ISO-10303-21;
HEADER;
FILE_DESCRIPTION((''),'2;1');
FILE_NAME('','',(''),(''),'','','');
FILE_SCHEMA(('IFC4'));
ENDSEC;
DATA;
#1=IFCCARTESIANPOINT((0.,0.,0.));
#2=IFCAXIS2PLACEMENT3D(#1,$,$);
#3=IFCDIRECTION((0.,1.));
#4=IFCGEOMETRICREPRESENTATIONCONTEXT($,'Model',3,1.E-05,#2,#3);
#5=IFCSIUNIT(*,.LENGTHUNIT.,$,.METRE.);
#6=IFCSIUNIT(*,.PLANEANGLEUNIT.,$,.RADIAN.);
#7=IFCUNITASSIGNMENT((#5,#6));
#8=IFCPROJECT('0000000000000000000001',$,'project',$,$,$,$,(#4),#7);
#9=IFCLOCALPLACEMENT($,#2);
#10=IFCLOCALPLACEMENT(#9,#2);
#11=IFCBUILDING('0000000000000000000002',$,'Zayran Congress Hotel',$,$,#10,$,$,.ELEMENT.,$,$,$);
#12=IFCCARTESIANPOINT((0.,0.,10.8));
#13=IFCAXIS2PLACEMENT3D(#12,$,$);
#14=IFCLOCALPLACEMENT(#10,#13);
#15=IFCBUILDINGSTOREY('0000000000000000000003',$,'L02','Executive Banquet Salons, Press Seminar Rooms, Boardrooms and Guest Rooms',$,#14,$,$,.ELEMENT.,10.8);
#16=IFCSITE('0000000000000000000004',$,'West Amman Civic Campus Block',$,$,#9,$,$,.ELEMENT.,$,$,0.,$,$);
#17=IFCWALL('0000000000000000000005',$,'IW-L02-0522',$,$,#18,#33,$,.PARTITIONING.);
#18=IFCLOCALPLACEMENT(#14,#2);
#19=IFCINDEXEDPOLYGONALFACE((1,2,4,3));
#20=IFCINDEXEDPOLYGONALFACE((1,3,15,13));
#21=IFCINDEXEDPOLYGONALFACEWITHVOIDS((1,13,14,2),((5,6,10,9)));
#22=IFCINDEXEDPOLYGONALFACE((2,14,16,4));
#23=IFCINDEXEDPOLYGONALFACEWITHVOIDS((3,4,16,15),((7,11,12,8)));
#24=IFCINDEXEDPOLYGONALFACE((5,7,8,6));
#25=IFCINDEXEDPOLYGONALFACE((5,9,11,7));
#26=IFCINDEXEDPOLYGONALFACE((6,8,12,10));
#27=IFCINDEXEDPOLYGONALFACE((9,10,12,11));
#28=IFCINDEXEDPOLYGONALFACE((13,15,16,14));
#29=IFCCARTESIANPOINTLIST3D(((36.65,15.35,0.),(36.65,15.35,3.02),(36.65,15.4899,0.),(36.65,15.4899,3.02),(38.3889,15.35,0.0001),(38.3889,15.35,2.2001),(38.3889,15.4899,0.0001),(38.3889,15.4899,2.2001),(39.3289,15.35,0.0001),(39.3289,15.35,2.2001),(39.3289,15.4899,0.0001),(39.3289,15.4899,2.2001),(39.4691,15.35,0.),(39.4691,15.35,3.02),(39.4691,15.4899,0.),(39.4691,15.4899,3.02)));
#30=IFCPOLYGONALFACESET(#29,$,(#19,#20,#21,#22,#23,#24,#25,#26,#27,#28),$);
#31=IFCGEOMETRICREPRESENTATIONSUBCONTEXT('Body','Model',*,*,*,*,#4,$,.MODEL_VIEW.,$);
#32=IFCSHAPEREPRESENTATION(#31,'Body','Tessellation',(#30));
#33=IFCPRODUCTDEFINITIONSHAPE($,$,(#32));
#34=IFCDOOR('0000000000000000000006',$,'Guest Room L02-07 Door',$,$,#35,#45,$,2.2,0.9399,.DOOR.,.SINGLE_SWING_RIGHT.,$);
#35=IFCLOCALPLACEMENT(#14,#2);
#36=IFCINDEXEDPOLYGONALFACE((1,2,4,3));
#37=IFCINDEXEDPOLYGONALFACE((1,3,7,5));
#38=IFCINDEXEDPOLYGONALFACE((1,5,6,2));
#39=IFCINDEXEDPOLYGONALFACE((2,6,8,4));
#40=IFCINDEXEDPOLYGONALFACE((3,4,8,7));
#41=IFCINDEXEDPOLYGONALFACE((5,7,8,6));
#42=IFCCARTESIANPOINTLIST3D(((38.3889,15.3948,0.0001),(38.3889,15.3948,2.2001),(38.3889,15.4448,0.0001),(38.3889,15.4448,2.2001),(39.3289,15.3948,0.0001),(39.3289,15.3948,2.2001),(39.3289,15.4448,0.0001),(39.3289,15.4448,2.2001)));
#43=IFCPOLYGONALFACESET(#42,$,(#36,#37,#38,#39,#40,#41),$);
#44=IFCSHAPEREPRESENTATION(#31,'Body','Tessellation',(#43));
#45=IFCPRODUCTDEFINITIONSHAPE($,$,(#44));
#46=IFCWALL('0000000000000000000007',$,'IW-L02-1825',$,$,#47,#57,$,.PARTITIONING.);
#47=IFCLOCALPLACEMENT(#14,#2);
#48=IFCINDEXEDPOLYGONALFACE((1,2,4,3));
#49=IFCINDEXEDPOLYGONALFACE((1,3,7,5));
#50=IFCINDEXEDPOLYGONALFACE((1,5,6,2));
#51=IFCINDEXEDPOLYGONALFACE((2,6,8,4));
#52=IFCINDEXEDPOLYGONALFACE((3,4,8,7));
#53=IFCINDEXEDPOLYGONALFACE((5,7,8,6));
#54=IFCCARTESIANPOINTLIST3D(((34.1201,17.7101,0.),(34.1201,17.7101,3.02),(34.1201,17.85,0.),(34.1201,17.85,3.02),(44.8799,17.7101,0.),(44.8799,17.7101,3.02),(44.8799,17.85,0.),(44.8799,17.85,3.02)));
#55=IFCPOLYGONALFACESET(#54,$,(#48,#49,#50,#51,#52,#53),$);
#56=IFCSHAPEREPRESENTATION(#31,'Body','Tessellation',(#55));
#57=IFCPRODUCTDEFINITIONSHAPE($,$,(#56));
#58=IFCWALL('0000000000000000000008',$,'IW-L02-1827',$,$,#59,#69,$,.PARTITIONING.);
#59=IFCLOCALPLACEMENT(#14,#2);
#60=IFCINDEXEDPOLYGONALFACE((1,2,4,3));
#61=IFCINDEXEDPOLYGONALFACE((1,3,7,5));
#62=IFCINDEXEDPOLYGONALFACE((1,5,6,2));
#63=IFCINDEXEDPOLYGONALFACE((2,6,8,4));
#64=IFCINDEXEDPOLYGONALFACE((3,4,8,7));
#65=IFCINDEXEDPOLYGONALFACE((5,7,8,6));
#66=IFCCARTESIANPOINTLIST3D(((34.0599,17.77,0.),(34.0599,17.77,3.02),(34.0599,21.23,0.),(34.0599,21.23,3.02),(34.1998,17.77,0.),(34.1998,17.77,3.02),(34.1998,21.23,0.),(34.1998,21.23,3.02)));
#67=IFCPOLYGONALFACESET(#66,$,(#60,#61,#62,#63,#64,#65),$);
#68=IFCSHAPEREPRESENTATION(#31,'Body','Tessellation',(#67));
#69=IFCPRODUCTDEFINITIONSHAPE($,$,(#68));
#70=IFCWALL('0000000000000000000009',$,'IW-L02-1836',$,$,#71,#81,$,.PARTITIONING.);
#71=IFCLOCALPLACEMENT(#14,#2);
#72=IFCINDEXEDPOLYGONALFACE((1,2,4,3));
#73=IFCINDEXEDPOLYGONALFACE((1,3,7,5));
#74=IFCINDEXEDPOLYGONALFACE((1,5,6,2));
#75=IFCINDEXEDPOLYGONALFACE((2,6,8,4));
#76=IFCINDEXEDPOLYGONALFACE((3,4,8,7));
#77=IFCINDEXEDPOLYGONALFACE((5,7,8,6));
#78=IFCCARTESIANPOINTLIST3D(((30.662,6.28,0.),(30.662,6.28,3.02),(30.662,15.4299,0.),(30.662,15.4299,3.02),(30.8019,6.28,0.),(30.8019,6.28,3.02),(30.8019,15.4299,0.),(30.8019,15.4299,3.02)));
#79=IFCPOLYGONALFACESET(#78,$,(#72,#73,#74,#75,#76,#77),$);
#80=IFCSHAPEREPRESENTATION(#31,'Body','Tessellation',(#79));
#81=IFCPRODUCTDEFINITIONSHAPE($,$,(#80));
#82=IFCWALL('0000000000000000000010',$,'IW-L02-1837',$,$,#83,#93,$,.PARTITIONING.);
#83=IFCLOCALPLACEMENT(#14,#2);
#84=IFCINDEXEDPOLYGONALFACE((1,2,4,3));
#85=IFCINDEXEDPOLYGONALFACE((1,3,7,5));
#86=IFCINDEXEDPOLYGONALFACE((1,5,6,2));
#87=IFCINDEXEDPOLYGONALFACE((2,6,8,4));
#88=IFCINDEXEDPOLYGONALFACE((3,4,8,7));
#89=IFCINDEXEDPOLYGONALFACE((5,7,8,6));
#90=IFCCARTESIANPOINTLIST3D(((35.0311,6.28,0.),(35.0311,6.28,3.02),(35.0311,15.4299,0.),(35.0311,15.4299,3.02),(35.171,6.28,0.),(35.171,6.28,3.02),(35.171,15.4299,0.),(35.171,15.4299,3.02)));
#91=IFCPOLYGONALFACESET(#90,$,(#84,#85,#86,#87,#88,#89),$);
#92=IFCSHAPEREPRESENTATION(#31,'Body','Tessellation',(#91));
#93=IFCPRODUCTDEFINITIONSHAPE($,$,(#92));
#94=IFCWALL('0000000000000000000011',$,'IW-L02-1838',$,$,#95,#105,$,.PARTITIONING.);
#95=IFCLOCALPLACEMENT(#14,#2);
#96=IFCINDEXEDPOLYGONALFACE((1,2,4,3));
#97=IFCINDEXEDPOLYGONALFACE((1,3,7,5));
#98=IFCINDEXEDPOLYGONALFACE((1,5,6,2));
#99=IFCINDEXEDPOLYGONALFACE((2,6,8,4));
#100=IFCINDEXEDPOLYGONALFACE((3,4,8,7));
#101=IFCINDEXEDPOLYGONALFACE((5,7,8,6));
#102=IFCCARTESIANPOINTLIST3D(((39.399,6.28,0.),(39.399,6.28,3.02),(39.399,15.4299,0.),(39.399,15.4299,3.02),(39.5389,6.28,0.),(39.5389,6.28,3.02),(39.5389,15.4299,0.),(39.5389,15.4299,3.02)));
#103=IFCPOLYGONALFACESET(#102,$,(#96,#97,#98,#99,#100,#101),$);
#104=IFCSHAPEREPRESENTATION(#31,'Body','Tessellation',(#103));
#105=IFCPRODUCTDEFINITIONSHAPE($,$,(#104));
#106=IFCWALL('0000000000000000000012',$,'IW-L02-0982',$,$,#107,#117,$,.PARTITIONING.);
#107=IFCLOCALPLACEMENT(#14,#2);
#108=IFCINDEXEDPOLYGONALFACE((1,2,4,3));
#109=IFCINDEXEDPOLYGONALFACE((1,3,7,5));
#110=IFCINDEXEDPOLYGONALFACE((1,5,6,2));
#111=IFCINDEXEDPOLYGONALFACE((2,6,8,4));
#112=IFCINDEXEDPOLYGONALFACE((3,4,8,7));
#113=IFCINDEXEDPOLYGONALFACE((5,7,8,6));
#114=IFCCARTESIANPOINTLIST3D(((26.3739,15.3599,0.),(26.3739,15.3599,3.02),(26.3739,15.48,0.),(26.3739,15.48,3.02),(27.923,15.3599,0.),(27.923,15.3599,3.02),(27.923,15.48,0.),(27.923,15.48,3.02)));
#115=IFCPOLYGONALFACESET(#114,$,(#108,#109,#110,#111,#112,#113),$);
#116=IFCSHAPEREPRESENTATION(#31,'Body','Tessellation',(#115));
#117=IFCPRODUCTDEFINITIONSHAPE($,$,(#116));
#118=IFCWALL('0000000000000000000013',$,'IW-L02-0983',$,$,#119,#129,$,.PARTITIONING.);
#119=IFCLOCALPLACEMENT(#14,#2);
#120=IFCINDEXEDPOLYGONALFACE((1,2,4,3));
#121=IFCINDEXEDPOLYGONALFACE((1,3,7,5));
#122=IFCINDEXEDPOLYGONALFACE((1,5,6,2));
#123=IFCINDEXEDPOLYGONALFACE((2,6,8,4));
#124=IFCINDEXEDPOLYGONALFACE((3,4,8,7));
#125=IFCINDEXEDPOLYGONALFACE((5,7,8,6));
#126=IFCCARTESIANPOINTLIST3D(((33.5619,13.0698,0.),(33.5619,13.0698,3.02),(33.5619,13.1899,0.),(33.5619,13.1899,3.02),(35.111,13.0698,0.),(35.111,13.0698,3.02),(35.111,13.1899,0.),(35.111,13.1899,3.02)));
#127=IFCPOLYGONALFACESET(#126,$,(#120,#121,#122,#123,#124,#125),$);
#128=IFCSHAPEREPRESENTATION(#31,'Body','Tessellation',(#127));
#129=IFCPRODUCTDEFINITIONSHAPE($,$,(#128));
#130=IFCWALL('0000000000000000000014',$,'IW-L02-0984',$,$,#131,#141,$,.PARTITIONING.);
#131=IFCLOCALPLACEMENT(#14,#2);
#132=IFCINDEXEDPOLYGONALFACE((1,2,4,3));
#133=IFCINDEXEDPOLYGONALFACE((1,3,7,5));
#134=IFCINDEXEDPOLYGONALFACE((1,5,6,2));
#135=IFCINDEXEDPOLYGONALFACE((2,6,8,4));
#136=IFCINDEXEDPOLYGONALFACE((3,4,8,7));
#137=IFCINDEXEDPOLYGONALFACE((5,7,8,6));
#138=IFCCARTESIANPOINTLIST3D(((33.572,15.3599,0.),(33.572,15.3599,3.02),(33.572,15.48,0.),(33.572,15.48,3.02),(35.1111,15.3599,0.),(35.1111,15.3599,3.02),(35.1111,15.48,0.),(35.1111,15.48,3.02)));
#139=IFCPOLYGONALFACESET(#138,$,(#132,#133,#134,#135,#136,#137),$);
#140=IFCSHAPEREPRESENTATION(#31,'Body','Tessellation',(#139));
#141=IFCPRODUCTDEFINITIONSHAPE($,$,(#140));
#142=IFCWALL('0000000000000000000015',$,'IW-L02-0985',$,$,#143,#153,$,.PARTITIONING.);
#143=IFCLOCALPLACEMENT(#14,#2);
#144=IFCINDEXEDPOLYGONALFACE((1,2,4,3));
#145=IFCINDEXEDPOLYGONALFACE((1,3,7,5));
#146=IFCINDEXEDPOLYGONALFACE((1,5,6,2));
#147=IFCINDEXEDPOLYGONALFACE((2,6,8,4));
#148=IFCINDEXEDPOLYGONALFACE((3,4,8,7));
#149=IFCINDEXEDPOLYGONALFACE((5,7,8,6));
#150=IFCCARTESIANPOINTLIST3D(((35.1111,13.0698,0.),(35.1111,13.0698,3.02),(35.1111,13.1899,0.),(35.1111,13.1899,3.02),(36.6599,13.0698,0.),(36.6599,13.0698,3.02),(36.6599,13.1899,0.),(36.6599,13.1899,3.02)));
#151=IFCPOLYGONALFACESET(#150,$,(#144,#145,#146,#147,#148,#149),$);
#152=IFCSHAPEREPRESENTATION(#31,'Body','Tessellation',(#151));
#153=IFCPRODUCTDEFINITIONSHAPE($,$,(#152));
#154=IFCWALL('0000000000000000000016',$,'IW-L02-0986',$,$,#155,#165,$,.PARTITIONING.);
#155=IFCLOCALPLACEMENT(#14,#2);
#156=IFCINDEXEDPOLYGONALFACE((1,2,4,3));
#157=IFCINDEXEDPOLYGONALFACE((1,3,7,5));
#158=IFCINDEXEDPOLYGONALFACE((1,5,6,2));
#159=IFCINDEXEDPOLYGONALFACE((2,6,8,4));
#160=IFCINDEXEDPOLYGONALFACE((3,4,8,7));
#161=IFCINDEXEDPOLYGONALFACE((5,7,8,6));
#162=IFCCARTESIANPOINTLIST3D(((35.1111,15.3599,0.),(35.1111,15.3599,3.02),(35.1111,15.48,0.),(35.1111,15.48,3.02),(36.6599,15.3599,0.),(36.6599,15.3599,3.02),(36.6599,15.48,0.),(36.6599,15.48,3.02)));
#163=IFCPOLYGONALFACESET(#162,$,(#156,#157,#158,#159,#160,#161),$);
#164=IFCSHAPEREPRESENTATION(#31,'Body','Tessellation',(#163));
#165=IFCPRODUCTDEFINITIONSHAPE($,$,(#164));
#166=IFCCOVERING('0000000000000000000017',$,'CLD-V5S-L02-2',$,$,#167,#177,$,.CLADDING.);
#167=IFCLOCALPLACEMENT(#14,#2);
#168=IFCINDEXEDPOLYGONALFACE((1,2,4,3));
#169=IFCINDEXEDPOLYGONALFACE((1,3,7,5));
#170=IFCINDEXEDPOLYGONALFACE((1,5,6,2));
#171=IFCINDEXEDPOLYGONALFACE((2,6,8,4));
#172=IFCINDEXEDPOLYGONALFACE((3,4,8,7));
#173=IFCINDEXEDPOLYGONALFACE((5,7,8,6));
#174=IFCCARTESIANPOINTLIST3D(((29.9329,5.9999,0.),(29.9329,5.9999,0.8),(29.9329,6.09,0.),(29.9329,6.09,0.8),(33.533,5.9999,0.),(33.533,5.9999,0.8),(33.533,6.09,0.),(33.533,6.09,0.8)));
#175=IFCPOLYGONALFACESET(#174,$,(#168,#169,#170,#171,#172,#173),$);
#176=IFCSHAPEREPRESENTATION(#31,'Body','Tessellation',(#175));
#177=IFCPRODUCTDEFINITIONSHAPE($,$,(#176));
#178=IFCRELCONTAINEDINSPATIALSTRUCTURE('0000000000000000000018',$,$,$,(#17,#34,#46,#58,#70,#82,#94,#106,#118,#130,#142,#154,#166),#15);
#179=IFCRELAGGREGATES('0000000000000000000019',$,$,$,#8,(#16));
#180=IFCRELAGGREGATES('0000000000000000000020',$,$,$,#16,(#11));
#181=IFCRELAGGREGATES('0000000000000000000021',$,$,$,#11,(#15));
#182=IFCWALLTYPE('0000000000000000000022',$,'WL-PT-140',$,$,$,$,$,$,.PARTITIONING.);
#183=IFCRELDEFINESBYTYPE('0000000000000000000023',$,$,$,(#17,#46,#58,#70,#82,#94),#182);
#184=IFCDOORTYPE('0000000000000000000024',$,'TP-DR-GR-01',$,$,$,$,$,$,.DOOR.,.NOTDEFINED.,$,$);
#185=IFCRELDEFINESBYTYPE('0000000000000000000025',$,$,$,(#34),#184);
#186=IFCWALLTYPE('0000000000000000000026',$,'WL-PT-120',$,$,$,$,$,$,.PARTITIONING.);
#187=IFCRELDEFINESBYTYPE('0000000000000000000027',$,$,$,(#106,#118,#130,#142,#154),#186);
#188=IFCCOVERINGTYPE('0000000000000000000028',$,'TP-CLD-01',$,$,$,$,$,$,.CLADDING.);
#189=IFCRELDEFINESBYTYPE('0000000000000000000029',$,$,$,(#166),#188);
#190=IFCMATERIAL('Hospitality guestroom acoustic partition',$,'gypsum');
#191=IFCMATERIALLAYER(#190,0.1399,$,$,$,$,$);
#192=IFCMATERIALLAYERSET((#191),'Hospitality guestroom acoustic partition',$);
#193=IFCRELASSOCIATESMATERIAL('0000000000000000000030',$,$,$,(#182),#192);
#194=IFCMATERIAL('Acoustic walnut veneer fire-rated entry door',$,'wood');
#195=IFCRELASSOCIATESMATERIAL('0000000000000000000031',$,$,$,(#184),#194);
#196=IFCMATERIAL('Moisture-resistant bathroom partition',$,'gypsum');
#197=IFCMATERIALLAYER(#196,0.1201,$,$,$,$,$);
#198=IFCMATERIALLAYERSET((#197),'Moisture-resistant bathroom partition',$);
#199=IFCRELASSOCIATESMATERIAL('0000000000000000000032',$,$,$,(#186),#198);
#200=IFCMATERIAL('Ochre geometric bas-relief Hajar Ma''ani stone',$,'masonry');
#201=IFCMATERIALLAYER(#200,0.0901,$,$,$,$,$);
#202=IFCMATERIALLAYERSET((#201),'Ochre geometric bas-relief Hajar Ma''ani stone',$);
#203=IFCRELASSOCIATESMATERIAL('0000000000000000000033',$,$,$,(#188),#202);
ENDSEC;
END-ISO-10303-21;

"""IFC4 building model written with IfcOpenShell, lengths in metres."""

from ifc_helpers import new_model, si_unit, direction, frame, frame_2d, origin, origin_2d, place, context, subcontext, project, spatial, rectangle, extrude, material, layer, layer_set, type_object, element, fill, save


model = new_model("IFC4")

# Units and contexts
model_context = context("Model", 3, precision=1e-05, world=origin(), true_north=direction((0.0, 1.0)))
body_context = subcontext(model_context, "Body", "Model", "MODEL_VIEW")
ifc_project = project(units=[si_unit("LENGTHUNIT", "METRE"), si_unit("PLANEANGLEUNIT", "RADIAN")], contexts=[model_context])

# Site, building, storey
site_placement = place(None, origin())
site = spatial("IfcSite", under=ifc_project, at=site_placement, Name="West Amman Civic Campus Block", CompositionType="ELEMENT", RefElevation=0.0)
building_placement = place(site_placement, origin())
building = spatial("IfcBuilding", under=site, at=building_placement, Name="Zayran Congress Hotel", CompositionType="ELEMENT")
storey_placement = place(building_placement, frame((0.0, 0.0, 10.8)))
storey = spatial("IfcBuildingStorey", under=building, at=storey_placement, Name="L02", Description="Executive Banquet Salons, Press Seminar Rooms, Boardrooms and Guest Rooms", CompositionType="ELEMENT", Elevation=10.8)

# Wall, opening, door
ifc_material_1 = material(Name="Hospitality guestroom acoustic partition", Category="gypsum")
ifc_layer_1 = layer(ifc_material_1, 0.1399)
ifc_layer_set_1 = layer_set([ifc_layer_1], Name="Hospitality guestroom acoustic partition")
wall_type_1 = type_object("IfcWallType", Name="WL-PT-140", PredefinedType="PARTITIONING", material=ifc_layer_set_1)
ifc_material_2 = material(Name="Acoustic walnut veneer fire-rated entry door", Category="wood")
door_type_1 = type_object("IfcDoorType", Name="TP-DR-GR-01", OperationType="NOTDEFINED", PredefinedType="DOOR", material=ifc_material_2)
wall_1_placement = place(storey_placement, frame((36.6499, 15.4199, 0.0), z_axis=(0.0, 0.0, 1.0), x_axis=(1.0, 0.0, 0.0)))
wall_1 = element("IfcWall", 1, at=wall_1_placement, inside=storey, type_object=wall_type_1, Name="IW-L02-0522", PredefinedType="PARTITIONING", context=body_context, shape_type="SweptSolid", body=[
    extrude(rectangle(XDim=2.8191, YDim=0.1399, at=frame_2d((1.4097, 0.0))), origin(), (0.0, 0.0, 1.0), 3.02),
])
opening_1_placement = place(wall_1_placement, frame((1.739, 0.0, 0.0)))
opening_1 = element("IfcOpeningElement", 2, at=opening_1_placement, cuts=wall_1, PredefinedType="OPENING", context=body_context, shape_type="SweptSolid", body=[
    extrude(rectangle(XDim=0.9399, YDim=2.2, at=frame_2d((0.47, 1.1001))), frame((0.0, 0.0798, 0.0), z_axis=(0.0, -1.0, 0.0), x_axis=(1.0, 0.0, 0.0)), (0.0, 0.0, 1.0), 0.1599),
])
door_1_placement = place(opening_1_placement, origin())
door_1 = element("IfcDoor", 3, at=door_1_placement, inside=storey, type_object=door_type_1, Name="Guest Room L02-07 Door", OperationType="SINGLE_SWING_RIGHT", OverallHeight=2.2, OverallWidth=0.9399, PredefinedType="DOOR", context=body_context, shape_type="SweptSolid", body=[
    extrude(rectangle(XDim=0.9399, YDim=2.2, at=frame_2d((0.47, 1.1001))), frame((0.0, 0.0249, 0.0), z_axis=(0.0, -1.0, 0.0), x_axis=(1.0, 0.0, 0.0)), (0.0, 0.0, 1.0), 0.05),
])
fill(opening_1, door_1)

# Walls
wall_2_placement = place(storey_placement, frame((34.1201, 17.78, 0.0), z_axis=(0.0, 0.0, 1.0), x_axis=(1.0, 0.0, 0.0)))
element("IfcWall", 4, at=wall_2_placement, inside=storey, type_object=wall_type_1, Name="IW-L02-1825", PredefinedType="PARTITIONING", context=body_context, shape_type="SweptSolid", body=[
    extrude(rectangle(XDim=10.7598, YDim=0.1399, at=frame_2d((5.3799, 0.0))), origin(), (0.0, 0.0, 1.0), 3.02),
])
wall_3_placement = place(storey_placement, frame((34.1299, 17.77, 0.0), z_axis=(0.0, 0.0, 1.0), x_axis=(0.0, 1.0, 0.0)))
element("IfcWall", 5, at=wall_3_placement, inside=storey, type_object=wall_type_1, Name="IW-L02-1827", PredefinedType="PARTITIONING", context=body_context, shape_type="SweptSolid", body=[
    extrude(rectangle(XDim=3.46, YDim=0.1399, at=frame_2d((1.73, 0.0))), origin(), (0.0, 0.0, 1.0), 3.02),
])
for number, where, z_axis, x_axis, name in (
    (6, (30.7319, 6.28, 0.0), (0.0, 0.0, 1.0), (0.0, 1.0, 0.0), "IW-L02-1836"),
    (7, (35.1011, 6.28, 0.0), (0.0, 0.0, 1.0), (0.0, 1.0, 0.0), "IW-L02-1837"),
    (8, (39.469, 6.28, 0.0), (0.0, 0.0, 1.0), (0.0, 1.0, 0.0), "IW-L02-1838"),
):
    element("IfcWall", number, at=place(storey_placement, frame(where, z_axis=z_axis, x_axis=x_axis)), inside=storey, type_object=wall_type_1, Name=name, PredefinedType="PARTITIONING", context=body_context, shape_type="SweptSolid", body=[
        extrude(rectangle(XDim=9.1499, YDim=0.1399, at=frame_2d((4.575, 0.0))), origin(), (0.0, 0.0, 1.0), 3.02),
    ])

# Shared definitions
ifc_material_3 = material(Name="Moisture-resistant bathroom partition", Category="gypsum")
ifc_layer_2 = layer(ifc_material_3, 0.1201)
ifc_layer_set_2 = layer_set([ifc_layer_2], Name="Moisture-resistant bathroom partition")
wall_type_2 = type_object("IfcWallType", Name="WL-PT-120", PredefinedType="PARTITIONING", material=ifc_layer_set_2)

# Walls
for number, where, z_axis, x_axis, name in (
    (9, (26.374, 15.4199, 0.0), (0.0, 0.0, 1.0), (1.0, 0.0, 0.0), "IW-L02-0982"),
    (10, (33.562, 13.1299, 0.0), (0.0, 0.0, 1.0), (1.0, 0.0, 0.0), "IW-L02-0983"),
):
    element("IfcWall", number, at=place(storey_placement, frame(where, z_axis=z_axis, x_axis=x_axis)), inside=storey, type_object=wall_type_2, Name=name, PredefinedType="PARTITIONING", context=body_context, shape_type="SweptSolid", body=[
        extrude(rectangle(XDim=1.5491, YDim=0.1201, at=frame_2d((0.7744, 0.0))), origin(), (0.0, 0.0, 1.0), 3.02),
    ])
wall_4_placement = place(storey_placement, frame((33.572, 15.4199, 0.0), z_axis=(0.0, 0.0, 1.0), x_axis=(1.0, 0.0, 0.0)))
element("IfcWall", 11, at=wall_4_placement, inside=storey, type_object=wall_type_2, Name="IW-L02-0984", PredefinedType="PARTITIONING", context=body_context, shape_type="SweptSolid", body=[
    extrude(rectangle(XDim=1.5391, YDim=0.1201, at=frame_2d((0.7695, 0.0))), origin(), (0.0, 0.0, 1.0), 3.02),
])
for number, where, z_axis, x_axis, name in (
    (12, (35.1111, 13.1299, 0.0), (0.0, 0.0, 1.0), (1.0, 0.0, 0.0), "IW-L02-0985"),
    (13, (35.1111, 15.4199, 0.0), (0.0, 0.0, 1.0), (1.0, 0.0, 0.0), "IW-L02-0986"),
):
    element("IfcWall", number, at=place(storey_placement, frame(where, z_axis=z_axis, x_axis=x_axis)), inside=storey, type_object=wall_type_2, Name=name, PredefinedType="PARTITIONING", context=body_context, shape_type="SweptSolid", body=[
        extrude(rectangle(XDim=1.5488, YDim=0.1201, at=frame_2d((0.7744, 0.0))), origin(), (0.0, 0.0, 1.0), 3.02),
    ])

# Covering
ifc_material_4 = material(Name="Ochre geometric bas-relief Hajar Ma'ani stone", Category="masonry")
ifc_layer_3 = layer(ifc_material_4, 0.0901)
ifc_layer_set_3 = layer_set([ifc_layer_3], Name="Ochre geometric bas-relief Hajar Ma'ani stone")
covering_type = type_object("IfcCoveringType", Name="TP-CLD-01", PredefinedType="CLADDING", material=ifc_layer_set_3)
covering_placement = place(storey_placement, frame((31.7329, 6.0449, 0.0), z_axis=(0.0, 0.0, 1.0), x_axis=(1.0, 0.0, 0.0)))
element("IfcCovering", 14, at=covering_placement, inside=storey, type_object=covering_type, Name="CLD-V5S-L02-2", PredefinedType="CLADDING", context=body_context, shape_type="SweptSolid", body=[
    extrude(rectangle(XDim=3.6001, YDim=0.0901, at=origin_2d()), origin(), (0.0, 0.0, 1.0), 0.8),
])

save(model, "model.ifc")
